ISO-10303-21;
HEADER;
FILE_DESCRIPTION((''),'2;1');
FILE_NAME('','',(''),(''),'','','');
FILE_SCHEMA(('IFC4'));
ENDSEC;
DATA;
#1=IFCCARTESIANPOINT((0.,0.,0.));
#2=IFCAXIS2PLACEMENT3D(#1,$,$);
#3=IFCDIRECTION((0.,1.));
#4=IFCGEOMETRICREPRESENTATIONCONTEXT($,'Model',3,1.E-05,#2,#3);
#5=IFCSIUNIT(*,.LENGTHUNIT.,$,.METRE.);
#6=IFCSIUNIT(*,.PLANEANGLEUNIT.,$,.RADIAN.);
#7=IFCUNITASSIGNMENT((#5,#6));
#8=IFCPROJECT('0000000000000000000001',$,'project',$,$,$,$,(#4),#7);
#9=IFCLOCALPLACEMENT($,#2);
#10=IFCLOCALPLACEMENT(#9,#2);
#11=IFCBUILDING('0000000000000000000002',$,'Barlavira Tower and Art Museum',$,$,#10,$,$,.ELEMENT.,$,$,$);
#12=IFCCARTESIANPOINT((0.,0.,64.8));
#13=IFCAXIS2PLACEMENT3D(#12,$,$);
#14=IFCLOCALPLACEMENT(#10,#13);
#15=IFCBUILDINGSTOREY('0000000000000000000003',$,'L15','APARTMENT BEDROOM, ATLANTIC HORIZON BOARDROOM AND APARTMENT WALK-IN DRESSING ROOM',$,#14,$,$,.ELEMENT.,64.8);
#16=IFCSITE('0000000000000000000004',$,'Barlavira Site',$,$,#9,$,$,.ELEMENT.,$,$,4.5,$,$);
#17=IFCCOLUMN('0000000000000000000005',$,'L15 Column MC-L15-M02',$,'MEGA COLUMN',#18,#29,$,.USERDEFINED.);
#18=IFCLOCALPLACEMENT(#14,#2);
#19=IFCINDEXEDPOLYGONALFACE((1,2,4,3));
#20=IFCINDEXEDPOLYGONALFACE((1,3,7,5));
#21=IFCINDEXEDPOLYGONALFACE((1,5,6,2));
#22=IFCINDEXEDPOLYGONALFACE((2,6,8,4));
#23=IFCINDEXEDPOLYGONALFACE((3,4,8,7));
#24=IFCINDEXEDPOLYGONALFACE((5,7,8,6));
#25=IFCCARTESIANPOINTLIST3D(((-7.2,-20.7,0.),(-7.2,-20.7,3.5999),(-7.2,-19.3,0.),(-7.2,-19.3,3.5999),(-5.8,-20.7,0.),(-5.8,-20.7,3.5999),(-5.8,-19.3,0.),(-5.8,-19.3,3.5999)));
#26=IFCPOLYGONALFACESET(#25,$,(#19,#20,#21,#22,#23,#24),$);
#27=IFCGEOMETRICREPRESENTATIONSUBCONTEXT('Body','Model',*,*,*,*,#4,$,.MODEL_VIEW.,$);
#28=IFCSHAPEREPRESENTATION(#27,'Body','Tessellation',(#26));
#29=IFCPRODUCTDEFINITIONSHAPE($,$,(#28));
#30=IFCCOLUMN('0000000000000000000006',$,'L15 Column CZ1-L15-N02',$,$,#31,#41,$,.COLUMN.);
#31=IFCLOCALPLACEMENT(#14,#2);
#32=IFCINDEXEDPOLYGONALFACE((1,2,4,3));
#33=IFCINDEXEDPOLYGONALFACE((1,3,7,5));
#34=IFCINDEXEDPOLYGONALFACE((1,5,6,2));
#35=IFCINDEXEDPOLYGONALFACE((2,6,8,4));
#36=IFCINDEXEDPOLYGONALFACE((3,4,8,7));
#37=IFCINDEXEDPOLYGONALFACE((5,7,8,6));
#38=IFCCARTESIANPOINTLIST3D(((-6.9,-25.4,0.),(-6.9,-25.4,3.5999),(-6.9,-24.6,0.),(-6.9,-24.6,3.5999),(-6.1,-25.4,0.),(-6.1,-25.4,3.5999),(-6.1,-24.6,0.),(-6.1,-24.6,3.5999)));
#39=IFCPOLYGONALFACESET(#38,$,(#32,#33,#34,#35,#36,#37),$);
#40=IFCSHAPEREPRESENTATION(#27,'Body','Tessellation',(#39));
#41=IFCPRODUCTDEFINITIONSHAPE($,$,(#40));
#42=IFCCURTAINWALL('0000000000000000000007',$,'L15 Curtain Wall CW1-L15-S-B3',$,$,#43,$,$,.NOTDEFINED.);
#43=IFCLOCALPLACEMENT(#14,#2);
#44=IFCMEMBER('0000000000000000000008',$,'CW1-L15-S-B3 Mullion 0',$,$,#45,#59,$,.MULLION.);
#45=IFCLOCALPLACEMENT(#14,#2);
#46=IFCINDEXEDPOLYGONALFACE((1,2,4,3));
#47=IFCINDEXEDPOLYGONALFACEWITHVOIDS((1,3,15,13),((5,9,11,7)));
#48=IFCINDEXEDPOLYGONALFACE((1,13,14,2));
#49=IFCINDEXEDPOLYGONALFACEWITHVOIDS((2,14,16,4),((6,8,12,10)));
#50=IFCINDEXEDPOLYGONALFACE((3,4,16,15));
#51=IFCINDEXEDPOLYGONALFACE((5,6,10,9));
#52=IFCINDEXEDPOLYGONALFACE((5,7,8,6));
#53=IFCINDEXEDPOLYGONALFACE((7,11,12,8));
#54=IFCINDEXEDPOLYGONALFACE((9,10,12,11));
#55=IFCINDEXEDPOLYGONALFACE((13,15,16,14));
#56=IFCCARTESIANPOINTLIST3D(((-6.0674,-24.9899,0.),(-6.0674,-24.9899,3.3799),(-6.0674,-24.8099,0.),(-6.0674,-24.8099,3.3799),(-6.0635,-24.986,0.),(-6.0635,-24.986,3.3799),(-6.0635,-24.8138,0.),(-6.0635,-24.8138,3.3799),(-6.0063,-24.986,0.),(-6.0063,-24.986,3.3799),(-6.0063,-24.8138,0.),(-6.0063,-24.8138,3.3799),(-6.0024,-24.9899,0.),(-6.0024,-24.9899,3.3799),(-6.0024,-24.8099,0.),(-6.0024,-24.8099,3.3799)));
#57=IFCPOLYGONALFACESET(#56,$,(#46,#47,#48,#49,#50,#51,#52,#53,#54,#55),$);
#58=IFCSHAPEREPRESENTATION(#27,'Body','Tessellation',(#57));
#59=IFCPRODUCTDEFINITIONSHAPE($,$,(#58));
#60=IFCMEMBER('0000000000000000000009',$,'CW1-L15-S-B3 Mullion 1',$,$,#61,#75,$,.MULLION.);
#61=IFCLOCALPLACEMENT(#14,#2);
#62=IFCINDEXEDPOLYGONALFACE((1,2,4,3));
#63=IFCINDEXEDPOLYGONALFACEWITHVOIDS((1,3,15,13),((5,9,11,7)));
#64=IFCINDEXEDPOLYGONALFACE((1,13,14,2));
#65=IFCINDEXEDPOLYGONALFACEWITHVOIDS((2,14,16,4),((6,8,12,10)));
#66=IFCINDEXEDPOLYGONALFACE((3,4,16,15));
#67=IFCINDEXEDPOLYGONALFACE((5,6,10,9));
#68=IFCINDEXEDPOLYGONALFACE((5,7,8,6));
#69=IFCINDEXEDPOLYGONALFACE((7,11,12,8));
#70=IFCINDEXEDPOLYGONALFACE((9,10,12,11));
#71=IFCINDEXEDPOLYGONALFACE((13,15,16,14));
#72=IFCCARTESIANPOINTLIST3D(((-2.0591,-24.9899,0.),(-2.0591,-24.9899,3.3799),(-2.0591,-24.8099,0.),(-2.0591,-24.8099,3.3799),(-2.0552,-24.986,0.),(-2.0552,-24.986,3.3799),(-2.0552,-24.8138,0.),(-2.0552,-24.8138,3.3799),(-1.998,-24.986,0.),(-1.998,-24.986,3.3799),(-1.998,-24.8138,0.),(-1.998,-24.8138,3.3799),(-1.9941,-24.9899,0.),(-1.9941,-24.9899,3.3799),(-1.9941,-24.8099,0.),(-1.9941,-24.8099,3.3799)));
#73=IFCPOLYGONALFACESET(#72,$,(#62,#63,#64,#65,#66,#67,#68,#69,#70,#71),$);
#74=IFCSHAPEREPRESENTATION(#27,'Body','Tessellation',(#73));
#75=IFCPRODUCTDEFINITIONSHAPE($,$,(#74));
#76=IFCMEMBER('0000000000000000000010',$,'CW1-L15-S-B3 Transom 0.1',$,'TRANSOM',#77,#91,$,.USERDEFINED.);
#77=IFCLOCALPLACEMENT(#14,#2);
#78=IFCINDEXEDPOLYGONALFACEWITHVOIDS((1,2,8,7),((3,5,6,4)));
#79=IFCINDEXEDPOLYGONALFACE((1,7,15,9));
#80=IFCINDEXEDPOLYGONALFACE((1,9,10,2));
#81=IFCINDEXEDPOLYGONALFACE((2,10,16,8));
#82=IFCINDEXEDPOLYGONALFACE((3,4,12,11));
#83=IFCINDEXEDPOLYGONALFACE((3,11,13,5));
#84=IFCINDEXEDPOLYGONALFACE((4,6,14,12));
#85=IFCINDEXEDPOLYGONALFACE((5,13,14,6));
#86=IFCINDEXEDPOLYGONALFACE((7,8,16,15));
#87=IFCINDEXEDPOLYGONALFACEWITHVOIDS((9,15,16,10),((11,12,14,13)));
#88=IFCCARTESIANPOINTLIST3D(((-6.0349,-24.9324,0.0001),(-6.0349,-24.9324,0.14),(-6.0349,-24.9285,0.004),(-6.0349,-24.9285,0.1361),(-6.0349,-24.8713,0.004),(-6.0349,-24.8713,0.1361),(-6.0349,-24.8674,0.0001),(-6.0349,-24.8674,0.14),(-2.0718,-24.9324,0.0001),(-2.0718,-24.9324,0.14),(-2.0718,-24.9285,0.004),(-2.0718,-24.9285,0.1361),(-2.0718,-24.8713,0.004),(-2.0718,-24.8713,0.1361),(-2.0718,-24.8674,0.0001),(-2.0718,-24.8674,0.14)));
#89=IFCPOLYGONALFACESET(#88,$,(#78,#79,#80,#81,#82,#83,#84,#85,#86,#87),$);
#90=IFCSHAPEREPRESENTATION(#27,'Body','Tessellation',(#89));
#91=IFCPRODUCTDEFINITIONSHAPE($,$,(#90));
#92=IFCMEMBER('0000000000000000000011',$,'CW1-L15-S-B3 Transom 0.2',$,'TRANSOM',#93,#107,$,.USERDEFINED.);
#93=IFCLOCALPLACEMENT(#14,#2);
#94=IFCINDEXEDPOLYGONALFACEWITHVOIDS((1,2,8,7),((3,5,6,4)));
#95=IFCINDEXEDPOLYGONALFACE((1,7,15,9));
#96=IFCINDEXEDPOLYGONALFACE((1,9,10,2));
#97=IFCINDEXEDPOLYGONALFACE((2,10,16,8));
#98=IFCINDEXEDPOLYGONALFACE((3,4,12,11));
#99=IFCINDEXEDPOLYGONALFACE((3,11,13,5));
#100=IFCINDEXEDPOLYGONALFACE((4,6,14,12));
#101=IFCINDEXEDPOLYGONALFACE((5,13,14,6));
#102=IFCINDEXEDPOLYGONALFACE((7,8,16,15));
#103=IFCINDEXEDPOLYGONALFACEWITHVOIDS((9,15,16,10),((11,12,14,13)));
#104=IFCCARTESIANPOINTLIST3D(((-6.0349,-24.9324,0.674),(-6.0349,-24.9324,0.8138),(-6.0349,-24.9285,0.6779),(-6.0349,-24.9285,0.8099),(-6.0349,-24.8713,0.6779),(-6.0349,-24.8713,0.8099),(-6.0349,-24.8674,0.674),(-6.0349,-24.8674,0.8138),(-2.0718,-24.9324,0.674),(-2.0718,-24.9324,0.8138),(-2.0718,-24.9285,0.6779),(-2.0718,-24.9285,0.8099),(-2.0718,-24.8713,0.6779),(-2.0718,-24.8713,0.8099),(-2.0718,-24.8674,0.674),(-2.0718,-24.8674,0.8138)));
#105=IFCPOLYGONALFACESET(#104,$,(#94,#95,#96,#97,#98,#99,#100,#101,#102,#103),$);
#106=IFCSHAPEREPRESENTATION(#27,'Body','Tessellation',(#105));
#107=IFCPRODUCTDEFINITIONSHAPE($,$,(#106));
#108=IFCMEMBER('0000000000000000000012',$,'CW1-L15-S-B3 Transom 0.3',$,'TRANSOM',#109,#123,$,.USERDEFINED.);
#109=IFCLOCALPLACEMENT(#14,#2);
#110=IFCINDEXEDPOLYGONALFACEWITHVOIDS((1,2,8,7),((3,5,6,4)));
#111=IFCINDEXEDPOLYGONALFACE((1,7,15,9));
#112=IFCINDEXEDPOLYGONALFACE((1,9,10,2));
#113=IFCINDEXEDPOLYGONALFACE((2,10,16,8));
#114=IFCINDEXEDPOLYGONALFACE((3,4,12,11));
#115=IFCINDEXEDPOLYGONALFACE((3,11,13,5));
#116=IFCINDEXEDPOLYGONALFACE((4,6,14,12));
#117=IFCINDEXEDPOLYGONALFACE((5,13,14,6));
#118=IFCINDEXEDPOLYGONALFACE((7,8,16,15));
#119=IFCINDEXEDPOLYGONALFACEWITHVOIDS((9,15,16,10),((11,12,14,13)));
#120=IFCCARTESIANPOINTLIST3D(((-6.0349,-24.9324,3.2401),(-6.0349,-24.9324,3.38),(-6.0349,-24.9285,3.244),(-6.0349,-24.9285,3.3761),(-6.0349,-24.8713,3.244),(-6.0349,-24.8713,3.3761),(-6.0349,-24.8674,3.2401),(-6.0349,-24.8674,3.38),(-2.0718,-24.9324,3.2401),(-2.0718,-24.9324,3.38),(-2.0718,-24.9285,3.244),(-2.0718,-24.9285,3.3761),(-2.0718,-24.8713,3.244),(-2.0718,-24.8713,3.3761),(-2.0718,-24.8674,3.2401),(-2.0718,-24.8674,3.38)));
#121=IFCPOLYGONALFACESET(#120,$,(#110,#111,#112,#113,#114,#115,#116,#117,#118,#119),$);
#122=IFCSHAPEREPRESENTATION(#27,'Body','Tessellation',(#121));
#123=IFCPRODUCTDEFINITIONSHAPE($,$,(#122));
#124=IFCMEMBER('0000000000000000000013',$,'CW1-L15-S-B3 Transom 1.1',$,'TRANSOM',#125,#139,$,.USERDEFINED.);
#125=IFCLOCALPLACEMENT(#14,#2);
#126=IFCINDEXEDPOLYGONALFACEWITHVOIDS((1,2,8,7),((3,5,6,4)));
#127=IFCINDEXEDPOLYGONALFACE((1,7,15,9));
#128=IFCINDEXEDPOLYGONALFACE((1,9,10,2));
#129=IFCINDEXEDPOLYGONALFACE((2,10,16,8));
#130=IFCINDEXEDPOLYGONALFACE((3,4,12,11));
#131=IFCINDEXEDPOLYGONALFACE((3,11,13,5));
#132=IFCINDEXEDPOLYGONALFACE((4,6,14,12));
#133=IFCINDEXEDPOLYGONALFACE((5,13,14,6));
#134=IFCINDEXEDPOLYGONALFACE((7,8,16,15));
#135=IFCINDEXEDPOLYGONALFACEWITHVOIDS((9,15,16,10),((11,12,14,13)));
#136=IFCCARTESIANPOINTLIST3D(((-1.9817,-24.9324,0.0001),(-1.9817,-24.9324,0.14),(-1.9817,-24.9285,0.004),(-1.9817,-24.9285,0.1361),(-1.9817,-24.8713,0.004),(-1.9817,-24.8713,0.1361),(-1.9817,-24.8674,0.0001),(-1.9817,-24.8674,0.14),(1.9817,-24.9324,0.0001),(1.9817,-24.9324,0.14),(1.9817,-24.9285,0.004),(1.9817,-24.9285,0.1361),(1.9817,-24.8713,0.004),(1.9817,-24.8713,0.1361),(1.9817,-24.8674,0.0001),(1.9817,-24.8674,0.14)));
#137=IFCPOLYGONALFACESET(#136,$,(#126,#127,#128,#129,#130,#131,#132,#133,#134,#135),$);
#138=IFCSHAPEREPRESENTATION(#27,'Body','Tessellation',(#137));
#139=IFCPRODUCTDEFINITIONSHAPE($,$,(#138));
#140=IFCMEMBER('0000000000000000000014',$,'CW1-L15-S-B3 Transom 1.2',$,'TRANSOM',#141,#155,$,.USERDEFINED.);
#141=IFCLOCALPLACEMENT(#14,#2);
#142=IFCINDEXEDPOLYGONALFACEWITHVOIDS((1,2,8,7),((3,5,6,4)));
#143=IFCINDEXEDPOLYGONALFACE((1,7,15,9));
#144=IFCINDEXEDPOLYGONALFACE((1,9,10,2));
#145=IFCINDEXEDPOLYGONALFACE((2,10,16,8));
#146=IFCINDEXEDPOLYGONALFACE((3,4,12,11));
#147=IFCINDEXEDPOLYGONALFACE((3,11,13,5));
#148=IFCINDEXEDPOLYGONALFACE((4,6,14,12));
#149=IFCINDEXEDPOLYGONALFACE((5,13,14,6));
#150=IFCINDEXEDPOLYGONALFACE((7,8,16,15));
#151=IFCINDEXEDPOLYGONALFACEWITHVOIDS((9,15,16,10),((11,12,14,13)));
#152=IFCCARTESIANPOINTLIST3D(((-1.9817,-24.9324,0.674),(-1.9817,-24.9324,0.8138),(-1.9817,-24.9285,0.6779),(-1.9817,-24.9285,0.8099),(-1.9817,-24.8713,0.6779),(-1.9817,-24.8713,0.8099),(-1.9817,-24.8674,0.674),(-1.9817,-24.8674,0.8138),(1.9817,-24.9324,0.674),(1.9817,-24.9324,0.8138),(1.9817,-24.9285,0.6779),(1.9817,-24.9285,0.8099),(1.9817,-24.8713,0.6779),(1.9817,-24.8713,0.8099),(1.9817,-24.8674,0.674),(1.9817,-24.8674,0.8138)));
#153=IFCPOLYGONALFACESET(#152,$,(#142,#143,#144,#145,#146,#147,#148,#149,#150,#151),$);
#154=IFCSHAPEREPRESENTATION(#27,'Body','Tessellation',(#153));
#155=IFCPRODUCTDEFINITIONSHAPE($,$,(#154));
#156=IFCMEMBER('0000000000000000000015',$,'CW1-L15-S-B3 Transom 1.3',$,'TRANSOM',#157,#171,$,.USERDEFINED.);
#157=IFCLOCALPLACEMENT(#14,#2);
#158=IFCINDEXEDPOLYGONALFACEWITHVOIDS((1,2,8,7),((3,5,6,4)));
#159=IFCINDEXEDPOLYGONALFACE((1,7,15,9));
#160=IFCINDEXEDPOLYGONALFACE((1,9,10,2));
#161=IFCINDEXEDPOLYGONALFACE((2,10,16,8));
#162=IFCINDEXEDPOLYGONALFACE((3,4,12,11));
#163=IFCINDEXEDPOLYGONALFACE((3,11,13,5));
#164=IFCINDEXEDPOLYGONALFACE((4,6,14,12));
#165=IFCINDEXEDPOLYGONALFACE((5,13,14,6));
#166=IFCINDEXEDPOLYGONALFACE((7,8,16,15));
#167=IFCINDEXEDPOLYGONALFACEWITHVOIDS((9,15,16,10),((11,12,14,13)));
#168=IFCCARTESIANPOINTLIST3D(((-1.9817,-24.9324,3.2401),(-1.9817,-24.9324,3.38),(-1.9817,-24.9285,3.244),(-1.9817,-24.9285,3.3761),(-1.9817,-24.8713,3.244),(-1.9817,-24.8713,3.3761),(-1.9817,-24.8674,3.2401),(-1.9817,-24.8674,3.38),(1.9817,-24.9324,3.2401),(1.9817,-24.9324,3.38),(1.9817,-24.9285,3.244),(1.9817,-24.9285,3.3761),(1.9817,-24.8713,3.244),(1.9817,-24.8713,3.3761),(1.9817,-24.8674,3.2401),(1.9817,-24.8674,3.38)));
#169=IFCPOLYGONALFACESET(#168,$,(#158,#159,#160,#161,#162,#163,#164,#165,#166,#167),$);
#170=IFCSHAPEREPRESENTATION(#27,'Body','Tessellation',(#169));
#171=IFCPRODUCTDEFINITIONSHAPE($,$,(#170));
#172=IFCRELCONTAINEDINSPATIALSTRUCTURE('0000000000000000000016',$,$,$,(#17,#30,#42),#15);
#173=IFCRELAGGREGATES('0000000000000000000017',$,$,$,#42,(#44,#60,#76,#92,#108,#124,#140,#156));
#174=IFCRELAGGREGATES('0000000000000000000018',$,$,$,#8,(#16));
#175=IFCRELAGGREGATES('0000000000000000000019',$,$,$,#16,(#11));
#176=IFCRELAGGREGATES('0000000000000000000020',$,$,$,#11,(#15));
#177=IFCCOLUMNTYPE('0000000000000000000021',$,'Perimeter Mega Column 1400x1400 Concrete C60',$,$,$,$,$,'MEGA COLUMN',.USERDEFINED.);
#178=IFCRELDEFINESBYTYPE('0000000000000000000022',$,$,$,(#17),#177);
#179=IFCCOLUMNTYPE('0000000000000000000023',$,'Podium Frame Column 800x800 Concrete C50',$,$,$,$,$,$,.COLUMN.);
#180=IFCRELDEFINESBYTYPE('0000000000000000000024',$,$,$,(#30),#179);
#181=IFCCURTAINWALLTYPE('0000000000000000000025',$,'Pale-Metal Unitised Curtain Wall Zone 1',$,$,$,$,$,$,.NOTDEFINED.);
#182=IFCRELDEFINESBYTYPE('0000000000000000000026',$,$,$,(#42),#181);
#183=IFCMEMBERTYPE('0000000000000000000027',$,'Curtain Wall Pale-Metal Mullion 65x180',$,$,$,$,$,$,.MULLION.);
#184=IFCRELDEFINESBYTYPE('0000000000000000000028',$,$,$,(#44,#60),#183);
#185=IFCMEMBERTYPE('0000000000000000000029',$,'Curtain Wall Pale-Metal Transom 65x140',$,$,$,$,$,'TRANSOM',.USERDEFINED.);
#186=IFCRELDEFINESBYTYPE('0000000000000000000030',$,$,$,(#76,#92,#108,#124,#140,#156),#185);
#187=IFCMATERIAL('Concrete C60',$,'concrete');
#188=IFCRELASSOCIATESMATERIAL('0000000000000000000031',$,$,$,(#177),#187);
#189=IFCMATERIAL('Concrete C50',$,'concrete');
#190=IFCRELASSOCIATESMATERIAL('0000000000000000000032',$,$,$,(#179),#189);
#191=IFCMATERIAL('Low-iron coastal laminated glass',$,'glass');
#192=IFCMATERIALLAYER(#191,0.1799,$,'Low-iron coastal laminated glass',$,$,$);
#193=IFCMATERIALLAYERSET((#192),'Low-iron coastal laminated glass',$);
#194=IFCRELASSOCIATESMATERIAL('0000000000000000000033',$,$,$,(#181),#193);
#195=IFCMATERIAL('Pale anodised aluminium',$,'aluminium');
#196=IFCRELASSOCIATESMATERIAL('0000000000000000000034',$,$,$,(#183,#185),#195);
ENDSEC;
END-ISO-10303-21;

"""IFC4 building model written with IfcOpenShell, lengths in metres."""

from ifc_helpers import new_model, si_unit, direction, frame, origin, origin_2d, place, context, subcontext, project, spatial, rectangle, hollow_rectangle, extrude, material, layer, layer_set, material_profile, profile_set, type_object, element, aggregate, save


model = new_model("IFC4")

# Units and contexts
model_context = context("Model", 3, precision=1e-05, world=origin(), true_north=direction((0.0, 1.0)))
body_context = subcontext(model_context, "Body", "Model", "MODEL_VIEW")
ifc_project = project(units=[si_unit("LENGTHUNIT", "METRE"), si_unit("PLANEANGLEUNIT", "RADIAN")], contexts=[model_context])

# Site, building, storey
site_placement = place(None, origin())
site = spatial("IfcSite", under=ifc_project, at=site_placement, Name="Barlavira Site", CompositionType="ELEMENT", RefElevation=4.5)
building_placement = place(site_placement, origin())
building = spatial("IfcBuilding", under=site, at=building_placement, Name="Barlavira Tower and Art Museum", CompositionType="ELEMENT")
storey_placement = place(building_placement, frame((0.0, 0.0, 64.8)))
storey = spatial("IfcBuildingStorey", under=building, at=storey_placement, Name="L15", Description="APARTMENT BEDROOM, ATLANTIC HORIZON BOARDROOM AND APARTMENT WALK-IN DRESSING ROOM", CompositionType="ELEMENT", Elevation=64.8)

# Columns
ifc_material_1 = material(Name="Concrete C60", Category="concrete")
ifc_material_profile_1 = material_profile(ifc_material_1, rectangle(XDim=1.3999, YDim=1.3999, at=origin_2d()), Name="RC-MCOL 1400x1400")
ifc_profile_set_1 = profile_set([ifc_material_profile_1], Name="Concrete C60")
column_type_1 = type_object("IfcColumnType", Name="Perimeter Mega Column 1400x1400 Concrete C60", ElementType="MEGA COLUMN", PredefinedType="USERDEFINED", material=ifc_profile_set_1)
column_1_placement = place(storey_placement, frame((-6.5, -20.0, 0.0), z_axis=(0.0, 0.0, 1.0), x_axis=(1.0, 0.0, 0.0)))
element("IfcColumn", 1, at=column_1_placement, inside=storey, type_object=column_type_1, Name="L15 Column MC-L15-M02", ObjectType="MEGA COLUMN", PredefinedType="USERDEFINED", context=body_context, shape_type="SweptSolid", body=[
    extrude(rectangle(XDim=1.3999, YDim=1.3999, at=origin_2d()), origin(), (0.0, 0.0, 1.0), 3.5999),
])
ifc_material_2 = material(Name="Concrete C50", Category="concrete")
ifc_material_profile_2 = material_profile(ifc_material_2, rectangle(XDim=0.8, YDim=0.8, at=origin_2d()), Name="RC-COL 800x800")
ifc_profile_set_2 = profile_set([ifc_material_profile_2], Name="Concrete C50")
column_type_2 = type_object("IfcColumnType", Name="Podium Frame Column 800x800 Concrete C50", PredefinedType="COLUMN", material=ifc_profile_set_2)
column_2_placement = place(storey_placement, frame((-6.5, -25.0, 0.0), z_axis=(0.0, 0.0, 1.0), x_axis=(1.0, 0.0, 0.0)))
element("IfcColumn", 2, at=column_2_placement, inside=storey, type_object=column_type_2, Name="L15 Column CZ1-L15-N02", PredefinedType="COLUMN", context=body_context, shape_type="SweptSolid", body=[
    extrude(rectangle(XDim=0.8, YDim=0.8, at=origin_2d()), origin(), (0.0, 0.0, 1.0), 3.5999),
])

# Curtain wall, members
ifc_material_3 = material(Name="Low-iron coastal laminated glass", Category="glass")
ifc_layer_1 = layer(ifc_material_3, 0.1799, Name="Low-iron coastal laminated glass")
ifc_layer_set_1 = layer_set([ifc_layer_1], Name="Low-iron coastal laminated glass")
curtain_wall_type = type_object("IfcCurtainWallType", Name="Pale-Metal Unitised Curtain Wall Zone 1", PredefinedType="NOTDEFINED", material=ifc_layer_set_1)
curtain_wall_placement = place(storey_placement, origin())
curtain_wall = element("IfcCurtainWall", 3, at=curtain_wall_placement, inside=storey, type_object=curtain_wall_type, Name="L15 Curtain Wall CW1-L15-S-B3", PredefinedType="NOTDEFINED")
ifc_material_4 = material(Name="Pale anodised aluminium", Category="aluminium")
ifc_material_profile_3 = material_profile(ifc_material_4, hollow_rectangle(XDim=0.0649, YDim=0.1799, WallThickness=0.0039, at=origin_2d()), Name="ALU-MULL 65x180x4")
ifc_profile_set_3 = profile_set([ifc_material_profile_3], Name="Pale anodised aluminium")
member_type_1 = type_object("IfcMemberType", Name="Curtain Wall Pale-Metal Mullion 65x180", PredefinedType="MULLION", material=ifc_profile_set_3)
member_1_placement = place(storey_placement, frame((-6.0349, -24.8999, 0.0), z_axis=(0.0, 0.0, 1.0), x_axis=(1.0, 0.0, 0.0)))
member_1 = element("IfcMember", 4, at=member_1_placement, type_object=member_type_1, Name="CW1-L15-S-B3 Mullion 0", PredefinedType="MULLION", context=body_context, shape_type="SweptSolid", body=[
    extrude(hollow_rectangle(XDim=0.0649, YDim=0.1799, WallThickness=0.0039, at=origin_2d()), origin(), (0.0, 0.0, 1.0), 3.3799),
])
member_2_placement = place(storey_placement, frame((-2.0266, -24.8999, 0.0), z_axis=(0.0, 0.0, 1.0), x_axis=(1.0, 0.0, 0.0)))
member_2 = element("IfcMember", 5, at=member_2_placement, type_object=member_type_1, Name="CW1-L15-S-B3 Mullion 1", PredefinedType="MULLION", context=body_context, shape_type="SweptSolid", body=[
    extrude(hollow_rectangle(XDim=0.0649, YDim=0.1799, WallThickness=0.0039, at=origin_2d()), origin(), (0.0, 0.0, 1.0), 3.3799),
])
ifc_material_profile_4 = material_profile(ifc_material_4, hollow_rectangle(XDim=0.0649, YDim=0.1399, WallThickness=0.0039, at=origin_2d()), Name="ALU-TRAN 65x140x4")
ifc_profile_set_4 = profile_set([ifc_material_profile_4], Name="Pale anodised aluminium")
member_type_2 = type_object("IfcMemberType", Name="Curtain Wall Pale-Metal Transom 65x140", ElementType="TRANSOM", PredefinedType="USERDEFINED", material=ifc_profile_set_4)
member_3_placement = place(storey_placement, frame((-6.0349, -24.8999, 0.0701), z_axis=(1.0, 0.0, 0.0), x_axis=(0.0, 1.0, 0.0)))
member_3 = element("IfcMember", 6, at=member_3_placement, type_object=member_type_2, Name="CW1-L15-S-B3 Transom 0.1", ObjectType="TRANSOM", PredefinedType="USERDEFINED", context=body_context, shape_type="SweptSolid", body=[
    extrude(hollow_rectangle(XDim=0.0649, YDim=0.1399, WallThickness=0.0039, at=origin_2d()), origin(), (0.0, 0.0, 1.0), 3.9631),
])
member_4_placement = place(storey_placement, frame((-6.0349, -24.8999, 0.7439), z_axis=(1.0, 0.0, 0.0), x_axis=(0.0, 1.0, 0.0)))
member_4 = element("IfcMember", 7, at=member_4_placement, type_object=member_type_2, Name="CW1-L15-S-B3 Transom 0.2", ObjectType="TRANSOM", PredefinedType="USERDEFINED", context=body_context, shape_type="SweptSolid", body=[
    extrude(hollow_rectangle(XDim=0.0649, YDim=0.1399, WallThickness=0.0039, at=origin_2d()), origin(), (0.0, 0.0, 1.0), 3.9631),
])
member_5_placement = place(storey_placement, frame((-6.0349, -24.8999, 3.3101), z_axis=(1.0, 0.0, 0.0), x_axis=(0.0, 1.0, 0.0)))
member_5 = element("IfcMember", 8, at=member_5_placement, type_object=member_type_2, Name="CW1-L15-S-B3 Transom 0.3", ObjectType="TRANSOM", PredefinedType="USERDEFINED", context=body_context, shape_type="SweptSolid", body=[
    extrude(hollow_rectangle(XDim=0.0649, YDim=0.1399, WallThickness=0.0039, at=origin_2d()), origin(), (0.0, 0.0, 1.0), 3.9631),
])
member_6_placement = place(storey_placement, frame((-1.9817, -24.8999, 0.0701), z_axis=(1.0, 0.0, 0.0), x_axis=(0.0, 1.0, 0.0)))
member_6 = element("IfcMember", 9, at=member_6_placement, type_object=member_type_2, Name="CW1-L15-S-B3 Transom 1.1", ObjectType="TRANSOM", PredefinedType="USERDEFINED", context=body_context, shape_type="SweptSolid", body=[
    extrude(hollow_rectangle(XDim=0.0649, YDim=0.1399, WallThickness=0.0039, at=origin_2d()), origin(), (0.0, 0.0, 1.0), 3.9634),
])
member_7_placement = place(storey_placement, frame((-1.9817, -24.8999, 0.7439), z_axis=(1.0, 0.0, 0.0), x_axis=(0.0, 1.0, 0.0)))
member_7 = element("IfcMember", 10, at=member_7_placement, type_object=member_type_2, Name="CW1-L15-S-B3 Transom 1.2", ObjectType="TRANSOM", PredefinedType="USERDEFINED", context=body_context, shape_type="SweptSolid", body=[
    extrude(hollow_rectangle(XDim=0.0649, YDim=0.1399, WallThickness=0.0039, at=origin_2d()), origin(), (0.0, 0.0, 1.0), 3.9634),
])
member_8_placement = place(storey_placement, frame((-1.9817, -24.8999, 3.3101), z_axis=(1.0, 0.0, 0.0), x_axis=(0.0, 1.0, 0.0)))
member_8 = element("IfcMember", 11, at=member_8_placement, type_object=member_type_2, Name="CW1-L15-S-B3 Transom 1.3", ObjectType="TRANSOM", PredefinedType="USERDEFINED", context=body_context, shape_type="SweptSolid", body=[
    extrude(hollow_rectangle(XDim=0.0649, YDim=0.1399, WallThickness=0.0039, at=origin_2d()), origin(), (0.0, 0.0, 1.0), 3.9634),
])

aggregate(curtain_wall, [member_1, member_2, member_3, member_4, member_5, member_6, member_7, member_8])

save(model, "model.ifc")
